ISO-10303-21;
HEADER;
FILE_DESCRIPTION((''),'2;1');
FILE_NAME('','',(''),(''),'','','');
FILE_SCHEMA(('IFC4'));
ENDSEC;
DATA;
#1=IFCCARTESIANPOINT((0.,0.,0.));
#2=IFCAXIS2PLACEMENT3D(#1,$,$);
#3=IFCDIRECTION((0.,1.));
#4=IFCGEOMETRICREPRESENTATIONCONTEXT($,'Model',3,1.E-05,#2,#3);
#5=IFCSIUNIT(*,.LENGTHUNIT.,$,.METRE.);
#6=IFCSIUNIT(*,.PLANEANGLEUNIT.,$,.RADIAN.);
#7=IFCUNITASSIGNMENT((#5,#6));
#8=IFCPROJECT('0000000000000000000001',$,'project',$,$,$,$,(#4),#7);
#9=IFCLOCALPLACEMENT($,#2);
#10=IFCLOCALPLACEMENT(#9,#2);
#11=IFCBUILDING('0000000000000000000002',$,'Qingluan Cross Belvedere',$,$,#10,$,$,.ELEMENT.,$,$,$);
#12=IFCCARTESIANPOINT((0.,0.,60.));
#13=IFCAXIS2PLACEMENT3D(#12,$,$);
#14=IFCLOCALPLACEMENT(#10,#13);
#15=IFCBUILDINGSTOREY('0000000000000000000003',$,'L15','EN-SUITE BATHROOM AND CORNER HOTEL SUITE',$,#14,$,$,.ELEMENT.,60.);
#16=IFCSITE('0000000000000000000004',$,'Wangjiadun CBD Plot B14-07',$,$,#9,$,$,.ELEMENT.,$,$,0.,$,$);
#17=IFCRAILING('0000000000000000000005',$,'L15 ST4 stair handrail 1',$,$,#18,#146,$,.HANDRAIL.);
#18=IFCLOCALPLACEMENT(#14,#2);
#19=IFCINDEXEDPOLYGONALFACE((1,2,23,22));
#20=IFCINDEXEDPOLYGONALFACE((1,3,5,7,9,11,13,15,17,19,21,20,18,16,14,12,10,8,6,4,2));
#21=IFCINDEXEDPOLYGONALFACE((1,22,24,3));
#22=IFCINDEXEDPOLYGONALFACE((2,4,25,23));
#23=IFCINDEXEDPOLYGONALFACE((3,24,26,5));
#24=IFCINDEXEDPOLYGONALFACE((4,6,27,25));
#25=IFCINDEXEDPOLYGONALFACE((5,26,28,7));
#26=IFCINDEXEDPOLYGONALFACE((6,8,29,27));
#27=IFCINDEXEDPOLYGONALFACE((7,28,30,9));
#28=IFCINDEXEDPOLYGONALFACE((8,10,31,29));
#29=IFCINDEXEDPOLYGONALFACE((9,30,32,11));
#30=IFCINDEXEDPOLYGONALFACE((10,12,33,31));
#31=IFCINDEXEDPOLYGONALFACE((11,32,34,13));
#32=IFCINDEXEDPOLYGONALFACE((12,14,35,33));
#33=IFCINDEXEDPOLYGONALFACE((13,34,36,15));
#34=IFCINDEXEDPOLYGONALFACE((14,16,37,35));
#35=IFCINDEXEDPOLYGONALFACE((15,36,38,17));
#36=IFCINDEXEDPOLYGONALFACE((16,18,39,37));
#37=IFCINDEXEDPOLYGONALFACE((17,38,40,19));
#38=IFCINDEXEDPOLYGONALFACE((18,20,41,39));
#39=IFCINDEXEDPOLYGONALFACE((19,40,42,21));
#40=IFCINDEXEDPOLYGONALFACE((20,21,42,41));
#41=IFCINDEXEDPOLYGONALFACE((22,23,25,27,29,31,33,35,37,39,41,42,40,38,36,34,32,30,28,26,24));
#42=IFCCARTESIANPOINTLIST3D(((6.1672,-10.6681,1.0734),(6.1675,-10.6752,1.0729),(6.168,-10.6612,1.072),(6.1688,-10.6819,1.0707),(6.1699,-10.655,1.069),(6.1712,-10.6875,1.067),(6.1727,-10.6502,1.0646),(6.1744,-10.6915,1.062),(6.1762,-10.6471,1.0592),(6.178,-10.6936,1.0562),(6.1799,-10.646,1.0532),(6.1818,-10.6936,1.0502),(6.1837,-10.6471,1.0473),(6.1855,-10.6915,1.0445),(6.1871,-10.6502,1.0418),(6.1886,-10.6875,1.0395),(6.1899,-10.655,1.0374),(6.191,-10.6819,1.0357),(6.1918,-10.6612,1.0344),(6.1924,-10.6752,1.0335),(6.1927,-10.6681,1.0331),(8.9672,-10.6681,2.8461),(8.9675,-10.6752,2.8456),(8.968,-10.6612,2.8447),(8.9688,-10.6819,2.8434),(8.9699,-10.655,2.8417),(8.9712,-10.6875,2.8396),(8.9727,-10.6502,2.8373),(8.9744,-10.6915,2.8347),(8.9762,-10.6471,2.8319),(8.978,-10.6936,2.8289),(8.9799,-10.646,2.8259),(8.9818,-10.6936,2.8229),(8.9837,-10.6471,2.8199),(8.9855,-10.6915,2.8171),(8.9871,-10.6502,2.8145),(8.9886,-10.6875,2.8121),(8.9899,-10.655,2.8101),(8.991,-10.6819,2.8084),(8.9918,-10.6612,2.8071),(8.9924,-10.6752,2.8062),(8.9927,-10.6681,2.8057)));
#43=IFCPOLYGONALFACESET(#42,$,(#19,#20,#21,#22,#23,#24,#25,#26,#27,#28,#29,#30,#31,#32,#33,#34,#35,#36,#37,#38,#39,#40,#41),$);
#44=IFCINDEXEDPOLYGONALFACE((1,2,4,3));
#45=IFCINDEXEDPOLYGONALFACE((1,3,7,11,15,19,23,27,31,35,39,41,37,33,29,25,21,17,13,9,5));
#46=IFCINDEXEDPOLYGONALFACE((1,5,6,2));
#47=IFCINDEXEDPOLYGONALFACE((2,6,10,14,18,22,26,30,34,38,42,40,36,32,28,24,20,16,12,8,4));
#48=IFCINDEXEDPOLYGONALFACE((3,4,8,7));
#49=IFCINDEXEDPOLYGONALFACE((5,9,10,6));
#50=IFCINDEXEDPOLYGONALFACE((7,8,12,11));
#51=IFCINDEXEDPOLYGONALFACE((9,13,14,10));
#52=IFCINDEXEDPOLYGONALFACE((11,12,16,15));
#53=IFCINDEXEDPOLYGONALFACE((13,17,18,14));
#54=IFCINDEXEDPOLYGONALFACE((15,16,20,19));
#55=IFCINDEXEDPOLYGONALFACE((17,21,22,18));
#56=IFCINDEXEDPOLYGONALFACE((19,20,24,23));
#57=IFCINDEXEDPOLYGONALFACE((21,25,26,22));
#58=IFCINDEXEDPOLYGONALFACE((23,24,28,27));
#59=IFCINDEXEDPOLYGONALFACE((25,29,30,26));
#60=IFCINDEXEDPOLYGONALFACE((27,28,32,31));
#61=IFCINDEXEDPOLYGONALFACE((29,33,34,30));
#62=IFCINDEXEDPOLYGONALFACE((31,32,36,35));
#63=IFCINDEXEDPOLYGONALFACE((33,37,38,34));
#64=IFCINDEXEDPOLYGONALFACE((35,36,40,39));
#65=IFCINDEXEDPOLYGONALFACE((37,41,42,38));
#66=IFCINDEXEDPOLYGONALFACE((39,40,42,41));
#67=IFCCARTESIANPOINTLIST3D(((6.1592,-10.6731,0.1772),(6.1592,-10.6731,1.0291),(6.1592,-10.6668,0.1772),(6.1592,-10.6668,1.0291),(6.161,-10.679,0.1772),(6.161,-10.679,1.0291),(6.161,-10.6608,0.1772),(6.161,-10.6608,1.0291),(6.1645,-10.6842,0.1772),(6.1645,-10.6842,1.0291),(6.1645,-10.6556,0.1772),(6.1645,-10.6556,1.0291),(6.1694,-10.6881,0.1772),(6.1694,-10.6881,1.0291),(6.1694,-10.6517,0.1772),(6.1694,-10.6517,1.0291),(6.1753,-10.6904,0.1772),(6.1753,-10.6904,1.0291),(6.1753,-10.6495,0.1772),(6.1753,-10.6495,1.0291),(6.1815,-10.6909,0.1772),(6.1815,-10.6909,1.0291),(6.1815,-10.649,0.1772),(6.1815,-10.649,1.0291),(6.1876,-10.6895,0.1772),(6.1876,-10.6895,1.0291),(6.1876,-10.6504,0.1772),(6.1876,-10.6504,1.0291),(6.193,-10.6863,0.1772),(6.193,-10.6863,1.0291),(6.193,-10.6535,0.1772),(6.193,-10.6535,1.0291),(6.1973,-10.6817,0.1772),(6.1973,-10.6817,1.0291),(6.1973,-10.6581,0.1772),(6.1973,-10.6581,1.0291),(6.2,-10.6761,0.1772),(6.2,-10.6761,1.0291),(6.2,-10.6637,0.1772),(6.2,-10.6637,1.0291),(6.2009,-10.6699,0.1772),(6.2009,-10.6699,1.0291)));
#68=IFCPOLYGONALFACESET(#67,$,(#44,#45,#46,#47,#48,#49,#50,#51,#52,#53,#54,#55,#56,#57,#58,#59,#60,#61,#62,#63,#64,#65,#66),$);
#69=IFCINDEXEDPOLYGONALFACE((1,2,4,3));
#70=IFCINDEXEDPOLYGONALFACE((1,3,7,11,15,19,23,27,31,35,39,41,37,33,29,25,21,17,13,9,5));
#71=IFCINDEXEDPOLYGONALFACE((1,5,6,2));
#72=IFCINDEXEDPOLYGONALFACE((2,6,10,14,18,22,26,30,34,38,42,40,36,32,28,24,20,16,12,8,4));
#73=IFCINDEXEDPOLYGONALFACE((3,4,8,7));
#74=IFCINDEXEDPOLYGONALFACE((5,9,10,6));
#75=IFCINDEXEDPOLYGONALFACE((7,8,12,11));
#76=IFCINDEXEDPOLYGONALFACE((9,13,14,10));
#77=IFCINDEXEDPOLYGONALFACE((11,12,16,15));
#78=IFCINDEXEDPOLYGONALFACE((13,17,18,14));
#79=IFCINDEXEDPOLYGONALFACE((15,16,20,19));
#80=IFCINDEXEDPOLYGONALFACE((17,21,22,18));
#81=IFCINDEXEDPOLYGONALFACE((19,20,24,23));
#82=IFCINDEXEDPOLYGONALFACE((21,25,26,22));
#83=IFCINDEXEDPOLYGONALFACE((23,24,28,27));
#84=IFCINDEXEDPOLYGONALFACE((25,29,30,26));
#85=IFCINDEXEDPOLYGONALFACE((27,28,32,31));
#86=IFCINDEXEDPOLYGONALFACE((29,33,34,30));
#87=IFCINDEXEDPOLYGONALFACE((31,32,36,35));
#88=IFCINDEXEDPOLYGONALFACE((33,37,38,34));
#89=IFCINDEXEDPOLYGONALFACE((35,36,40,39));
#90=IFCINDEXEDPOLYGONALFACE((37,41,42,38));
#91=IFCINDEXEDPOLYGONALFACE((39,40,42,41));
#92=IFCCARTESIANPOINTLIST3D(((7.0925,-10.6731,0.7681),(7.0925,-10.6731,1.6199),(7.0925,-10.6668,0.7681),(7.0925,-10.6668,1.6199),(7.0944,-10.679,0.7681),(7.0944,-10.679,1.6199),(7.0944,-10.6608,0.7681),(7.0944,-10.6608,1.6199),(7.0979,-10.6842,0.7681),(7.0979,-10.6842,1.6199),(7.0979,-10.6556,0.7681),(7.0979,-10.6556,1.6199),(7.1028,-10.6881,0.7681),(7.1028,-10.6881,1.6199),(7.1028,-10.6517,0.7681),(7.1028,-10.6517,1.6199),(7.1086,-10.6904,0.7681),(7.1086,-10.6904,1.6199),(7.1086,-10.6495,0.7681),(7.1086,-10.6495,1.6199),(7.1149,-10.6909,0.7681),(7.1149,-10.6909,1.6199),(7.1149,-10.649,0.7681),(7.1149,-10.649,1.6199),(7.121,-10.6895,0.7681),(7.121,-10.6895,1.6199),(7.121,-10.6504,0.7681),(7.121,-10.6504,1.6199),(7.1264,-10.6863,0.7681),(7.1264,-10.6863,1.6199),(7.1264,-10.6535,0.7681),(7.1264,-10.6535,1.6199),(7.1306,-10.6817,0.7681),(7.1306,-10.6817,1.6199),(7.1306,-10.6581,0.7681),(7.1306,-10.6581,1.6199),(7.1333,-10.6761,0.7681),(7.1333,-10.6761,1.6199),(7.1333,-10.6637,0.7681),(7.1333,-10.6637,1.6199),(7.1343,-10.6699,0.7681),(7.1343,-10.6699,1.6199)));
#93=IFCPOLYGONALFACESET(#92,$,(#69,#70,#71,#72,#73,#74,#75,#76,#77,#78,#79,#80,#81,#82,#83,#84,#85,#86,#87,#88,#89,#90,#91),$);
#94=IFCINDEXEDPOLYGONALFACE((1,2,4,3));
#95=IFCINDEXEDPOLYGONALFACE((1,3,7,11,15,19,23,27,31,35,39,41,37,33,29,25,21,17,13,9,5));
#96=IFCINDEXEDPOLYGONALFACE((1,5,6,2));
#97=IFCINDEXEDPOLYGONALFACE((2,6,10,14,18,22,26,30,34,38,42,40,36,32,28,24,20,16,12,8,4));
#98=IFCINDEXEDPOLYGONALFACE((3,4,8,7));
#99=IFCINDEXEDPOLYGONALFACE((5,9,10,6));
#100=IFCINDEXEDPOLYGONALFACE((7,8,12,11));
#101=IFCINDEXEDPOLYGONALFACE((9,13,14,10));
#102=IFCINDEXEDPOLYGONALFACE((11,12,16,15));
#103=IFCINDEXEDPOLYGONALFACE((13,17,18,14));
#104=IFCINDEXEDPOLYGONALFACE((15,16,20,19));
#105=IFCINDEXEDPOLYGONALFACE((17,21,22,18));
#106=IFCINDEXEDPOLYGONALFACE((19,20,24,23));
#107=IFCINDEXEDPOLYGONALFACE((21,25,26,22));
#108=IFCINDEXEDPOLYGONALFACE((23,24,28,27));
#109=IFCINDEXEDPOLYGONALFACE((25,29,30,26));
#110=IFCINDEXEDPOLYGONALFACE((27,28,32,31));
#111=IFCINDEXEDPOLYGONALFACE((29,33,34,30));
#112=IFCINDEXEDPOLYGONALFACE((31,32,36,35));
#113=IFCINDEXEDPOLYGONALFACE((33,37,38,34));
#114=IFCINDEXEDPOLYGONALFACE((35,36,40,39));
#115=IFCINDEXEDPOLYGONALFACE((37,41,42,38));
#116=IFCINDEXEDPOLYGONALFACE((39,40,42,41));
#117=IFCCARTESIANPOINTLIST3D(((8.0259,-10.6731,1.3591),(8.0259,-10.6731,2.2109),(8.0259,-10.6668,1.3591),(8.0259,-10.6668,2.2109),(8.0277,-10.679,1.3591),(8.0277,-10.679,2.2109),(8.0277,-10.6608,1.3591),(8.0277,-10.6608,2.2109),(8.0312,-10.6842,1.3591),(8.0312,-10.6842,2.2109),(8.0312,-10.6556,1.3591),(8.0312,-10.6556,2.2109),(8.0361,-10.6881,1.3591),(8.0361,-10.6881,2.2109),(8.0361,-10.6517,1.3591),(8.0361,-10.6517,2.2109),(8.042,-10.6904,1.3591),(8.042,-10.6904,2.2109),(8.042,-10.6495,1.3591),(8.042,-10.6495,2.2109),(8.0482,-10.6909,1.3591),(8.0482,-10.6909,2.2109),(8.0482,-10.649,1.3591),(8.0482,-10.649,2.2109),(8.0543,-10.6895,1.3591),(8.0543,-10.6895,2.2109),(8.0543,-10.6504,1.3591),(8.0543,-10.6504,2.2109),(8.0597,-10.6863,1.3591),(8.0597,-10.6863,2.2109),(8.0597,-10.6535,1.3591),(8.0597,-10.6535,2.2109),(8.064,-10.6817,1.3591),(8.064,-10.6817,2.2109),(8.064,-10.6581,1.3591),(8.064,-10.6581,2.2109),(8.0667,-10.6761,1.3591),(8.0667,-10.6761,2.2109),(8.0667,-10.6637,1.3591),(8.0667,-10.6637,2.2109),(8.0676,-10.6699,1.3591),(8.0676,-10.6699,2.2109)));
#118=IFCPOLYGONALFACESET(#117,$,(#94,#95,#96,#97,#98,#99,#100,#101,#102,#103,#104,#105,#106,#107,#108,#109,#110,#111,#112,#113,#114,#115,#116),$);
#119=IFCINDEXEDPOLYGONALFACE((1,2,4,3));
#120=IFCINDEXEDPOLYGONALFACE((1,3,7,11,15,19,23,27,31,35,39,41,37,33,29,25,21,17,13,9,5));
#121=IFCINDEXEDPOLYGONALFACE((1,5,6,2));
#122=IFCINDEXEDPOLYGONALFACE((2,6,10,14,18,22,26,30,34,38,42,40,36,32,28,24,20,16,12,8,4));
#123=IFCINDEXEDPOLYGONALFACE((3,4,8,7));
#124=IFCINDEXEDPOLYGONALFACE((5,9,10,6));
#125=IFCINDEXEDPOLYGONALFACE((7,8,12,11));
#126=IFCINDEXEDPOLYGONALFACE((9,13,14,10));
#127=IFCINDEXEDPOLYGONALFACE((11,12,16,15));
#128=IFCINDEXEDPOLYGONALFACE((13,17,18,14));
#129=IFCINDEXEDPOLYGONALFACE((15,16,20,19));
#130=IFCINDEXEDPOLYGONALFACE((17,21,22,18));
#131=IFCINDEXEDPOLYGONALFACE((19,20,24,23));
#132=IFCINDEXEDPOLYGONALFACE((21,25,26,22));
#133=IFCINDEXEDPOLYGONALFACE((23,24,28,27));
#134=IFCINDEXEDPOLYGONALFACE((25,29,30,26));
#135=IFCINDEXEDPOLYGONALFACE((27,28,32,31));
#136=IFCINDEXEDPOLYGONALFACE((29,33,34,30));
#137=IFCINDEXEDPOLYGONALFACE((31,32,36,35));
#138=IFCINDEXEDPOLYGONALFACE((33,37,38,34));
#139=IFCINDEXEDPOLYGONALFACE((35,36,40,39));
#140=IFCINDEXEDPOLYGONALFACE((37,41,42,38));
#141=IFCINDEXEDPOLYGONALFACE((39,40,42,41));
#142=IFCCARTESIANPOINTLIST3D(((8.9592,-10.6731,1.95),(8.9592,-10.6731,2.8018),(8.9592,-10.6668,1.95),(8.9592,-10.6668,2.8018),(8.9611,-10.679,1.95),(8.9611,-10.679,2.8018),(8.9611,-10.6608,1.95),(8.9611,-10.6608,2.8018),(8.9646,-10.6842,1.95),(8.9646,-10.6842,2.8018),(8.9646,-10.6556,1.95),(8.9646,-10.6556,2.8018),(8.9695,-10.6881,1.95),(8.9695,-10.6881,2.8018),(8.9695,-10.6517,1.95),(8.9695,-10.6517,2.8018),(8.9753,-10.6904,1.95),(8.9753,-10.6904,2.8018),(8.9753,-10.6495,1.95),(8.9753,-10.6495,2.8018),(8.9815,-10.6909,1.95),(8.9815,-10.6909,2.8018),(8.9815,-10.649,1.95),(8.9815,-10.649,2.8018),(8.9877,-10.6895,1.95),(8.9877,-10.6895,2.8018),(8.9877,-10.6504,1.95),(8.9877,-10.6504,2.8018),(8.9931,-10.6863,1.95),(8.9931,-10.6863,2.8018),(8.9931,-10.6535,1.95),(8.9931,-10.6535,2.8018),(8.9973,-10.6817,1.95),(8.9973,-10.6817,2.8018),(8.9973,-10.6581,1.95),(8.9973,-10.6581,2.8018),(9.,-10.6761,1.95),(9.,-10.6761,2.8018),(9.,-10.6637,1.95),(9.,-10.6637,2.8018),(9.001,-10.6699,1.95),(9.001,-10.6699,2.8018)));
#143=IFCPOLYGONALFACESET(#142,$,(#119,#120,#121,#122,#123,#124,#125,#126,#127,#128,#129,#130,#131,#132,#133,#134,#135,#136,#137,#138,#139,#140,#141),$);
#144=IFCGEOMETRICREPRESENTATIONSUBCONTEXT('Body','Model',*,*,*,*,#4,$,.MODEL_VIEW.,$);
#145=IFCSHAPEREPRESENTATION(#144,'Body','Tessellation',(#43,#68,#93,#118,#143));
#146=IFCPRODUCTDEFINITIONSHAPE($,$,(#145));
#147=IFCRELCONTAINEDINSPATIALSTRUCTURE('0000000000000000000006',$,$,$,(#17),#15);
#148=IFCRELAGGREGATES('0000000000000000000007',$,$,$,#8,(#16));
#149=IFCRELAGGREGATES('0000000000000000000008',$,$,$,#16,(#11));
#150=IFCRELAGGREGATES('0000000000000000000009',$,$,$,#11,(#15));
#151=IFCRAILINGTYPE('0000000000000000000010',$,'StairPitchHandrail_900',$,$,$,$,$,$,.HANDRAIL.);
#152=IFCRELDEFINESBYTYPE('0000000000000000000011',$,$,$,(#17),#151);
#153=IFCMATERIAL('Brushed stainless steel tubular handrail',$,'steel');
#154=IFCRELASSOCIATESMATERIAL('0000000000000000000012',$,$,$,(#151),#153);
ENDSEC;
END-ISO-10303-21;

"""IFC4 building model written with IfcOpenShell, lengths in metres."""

from ifc_helpers import new_model, si_unit, direction, frame, origin, origin_2d, place, context, subcontext, project, spatial, circle, extrude, material, type_object, element, save


model = new_model("IFC4")

# Units and contexts
model_context = context("Model", 3, precision=1e-05, world=origin(), true_north=direction((0.0, 1.0)))
body_context = subcontext(model_context, "Body", "Model", "MODEL_VIEW")
ifc_project = project(units=[si_unit("LENGTHUNIT", "METRE"), si_unit("PLANEANGLEUNIT", "RADIAN")], contexts=[model_context])

# Site, building, storey
site_placement = place(None, origin())
site = spatial("IfcSite", under=ifc_project, at=site_placement, Name="Wangjiadun CBD Plot B14-07", CompositionType="ELEMENT", RefElevation=0.0)
building_placement = place(site_placement, origin())
building = spatial("IfcBuilding", under=site, at=building_placement, Name="Qingluan Cross Belvedere", CompositionType="ELEMENT")
storey_placement = place(building_placement, frame((0.0, 0.0, 60.0)))
storey = spatial("IfcBuildingStorey", under=building, at=storey_placement, Name="L15", Description="EN-SUITE BATHROOM AND CORNER HOTEL SUITE", CompositionType="ELEMENT", Elevation=60.0)

# Railing
ifc_material_1 = material(Name="Brushed stainless steel tubular handrail", Category="steel")
railing_type_1 = type_object("IfcRailingType", Name="StairPitchHandrail_900", PredefinedType="HANDRAIL", material=ifc_material_1)
for number, where, name in (
    (1, (6.1799, -10.6699, 0.1772), "L15 ST4 stair handrail 1"),
):
    element("IfcRailing", number, at=place(storey_placement, frame(where)), inside=storey, type_object=railing_type_1, Name=name, PredefinedType="HANDRAIL", context=body_context, shape_type="SweptSolid", body=[
        extrude(circle(Radius=0.0239, at=origin_2d()), frame((0.0, 0.0, 0.876), z_axis=(0.844909, 0.0, 0.53491), x_axis=(0.0, 1.0, 0.0)), (0.0, 0.0, 1.0), 3.314),
        extrude(circle(Radius=0.021, at=origin_2d()), origin(), (0.0, 0.0, 1.0), 0.8518),
        extrude(circle(Radius=0.021, at=origin_2d()), frame((0.9333, 0.0, 0.5908)), (0.0, 0.0, 1.0), 0.8518),
        extrude(circle(Radius=0.021, at=origin_2d()), frame((1.8667, 0.0, 1.1819)), (0.0, 0.0, 1.0), 0.8518),
        extrude(circle(Radius=0.021, at=origin_2d()), frame((2.8, 0.0, 1.7727)), (0.0, 0.0, 1.0), 0.8518),
    ])

save(model, "model.ifc")
